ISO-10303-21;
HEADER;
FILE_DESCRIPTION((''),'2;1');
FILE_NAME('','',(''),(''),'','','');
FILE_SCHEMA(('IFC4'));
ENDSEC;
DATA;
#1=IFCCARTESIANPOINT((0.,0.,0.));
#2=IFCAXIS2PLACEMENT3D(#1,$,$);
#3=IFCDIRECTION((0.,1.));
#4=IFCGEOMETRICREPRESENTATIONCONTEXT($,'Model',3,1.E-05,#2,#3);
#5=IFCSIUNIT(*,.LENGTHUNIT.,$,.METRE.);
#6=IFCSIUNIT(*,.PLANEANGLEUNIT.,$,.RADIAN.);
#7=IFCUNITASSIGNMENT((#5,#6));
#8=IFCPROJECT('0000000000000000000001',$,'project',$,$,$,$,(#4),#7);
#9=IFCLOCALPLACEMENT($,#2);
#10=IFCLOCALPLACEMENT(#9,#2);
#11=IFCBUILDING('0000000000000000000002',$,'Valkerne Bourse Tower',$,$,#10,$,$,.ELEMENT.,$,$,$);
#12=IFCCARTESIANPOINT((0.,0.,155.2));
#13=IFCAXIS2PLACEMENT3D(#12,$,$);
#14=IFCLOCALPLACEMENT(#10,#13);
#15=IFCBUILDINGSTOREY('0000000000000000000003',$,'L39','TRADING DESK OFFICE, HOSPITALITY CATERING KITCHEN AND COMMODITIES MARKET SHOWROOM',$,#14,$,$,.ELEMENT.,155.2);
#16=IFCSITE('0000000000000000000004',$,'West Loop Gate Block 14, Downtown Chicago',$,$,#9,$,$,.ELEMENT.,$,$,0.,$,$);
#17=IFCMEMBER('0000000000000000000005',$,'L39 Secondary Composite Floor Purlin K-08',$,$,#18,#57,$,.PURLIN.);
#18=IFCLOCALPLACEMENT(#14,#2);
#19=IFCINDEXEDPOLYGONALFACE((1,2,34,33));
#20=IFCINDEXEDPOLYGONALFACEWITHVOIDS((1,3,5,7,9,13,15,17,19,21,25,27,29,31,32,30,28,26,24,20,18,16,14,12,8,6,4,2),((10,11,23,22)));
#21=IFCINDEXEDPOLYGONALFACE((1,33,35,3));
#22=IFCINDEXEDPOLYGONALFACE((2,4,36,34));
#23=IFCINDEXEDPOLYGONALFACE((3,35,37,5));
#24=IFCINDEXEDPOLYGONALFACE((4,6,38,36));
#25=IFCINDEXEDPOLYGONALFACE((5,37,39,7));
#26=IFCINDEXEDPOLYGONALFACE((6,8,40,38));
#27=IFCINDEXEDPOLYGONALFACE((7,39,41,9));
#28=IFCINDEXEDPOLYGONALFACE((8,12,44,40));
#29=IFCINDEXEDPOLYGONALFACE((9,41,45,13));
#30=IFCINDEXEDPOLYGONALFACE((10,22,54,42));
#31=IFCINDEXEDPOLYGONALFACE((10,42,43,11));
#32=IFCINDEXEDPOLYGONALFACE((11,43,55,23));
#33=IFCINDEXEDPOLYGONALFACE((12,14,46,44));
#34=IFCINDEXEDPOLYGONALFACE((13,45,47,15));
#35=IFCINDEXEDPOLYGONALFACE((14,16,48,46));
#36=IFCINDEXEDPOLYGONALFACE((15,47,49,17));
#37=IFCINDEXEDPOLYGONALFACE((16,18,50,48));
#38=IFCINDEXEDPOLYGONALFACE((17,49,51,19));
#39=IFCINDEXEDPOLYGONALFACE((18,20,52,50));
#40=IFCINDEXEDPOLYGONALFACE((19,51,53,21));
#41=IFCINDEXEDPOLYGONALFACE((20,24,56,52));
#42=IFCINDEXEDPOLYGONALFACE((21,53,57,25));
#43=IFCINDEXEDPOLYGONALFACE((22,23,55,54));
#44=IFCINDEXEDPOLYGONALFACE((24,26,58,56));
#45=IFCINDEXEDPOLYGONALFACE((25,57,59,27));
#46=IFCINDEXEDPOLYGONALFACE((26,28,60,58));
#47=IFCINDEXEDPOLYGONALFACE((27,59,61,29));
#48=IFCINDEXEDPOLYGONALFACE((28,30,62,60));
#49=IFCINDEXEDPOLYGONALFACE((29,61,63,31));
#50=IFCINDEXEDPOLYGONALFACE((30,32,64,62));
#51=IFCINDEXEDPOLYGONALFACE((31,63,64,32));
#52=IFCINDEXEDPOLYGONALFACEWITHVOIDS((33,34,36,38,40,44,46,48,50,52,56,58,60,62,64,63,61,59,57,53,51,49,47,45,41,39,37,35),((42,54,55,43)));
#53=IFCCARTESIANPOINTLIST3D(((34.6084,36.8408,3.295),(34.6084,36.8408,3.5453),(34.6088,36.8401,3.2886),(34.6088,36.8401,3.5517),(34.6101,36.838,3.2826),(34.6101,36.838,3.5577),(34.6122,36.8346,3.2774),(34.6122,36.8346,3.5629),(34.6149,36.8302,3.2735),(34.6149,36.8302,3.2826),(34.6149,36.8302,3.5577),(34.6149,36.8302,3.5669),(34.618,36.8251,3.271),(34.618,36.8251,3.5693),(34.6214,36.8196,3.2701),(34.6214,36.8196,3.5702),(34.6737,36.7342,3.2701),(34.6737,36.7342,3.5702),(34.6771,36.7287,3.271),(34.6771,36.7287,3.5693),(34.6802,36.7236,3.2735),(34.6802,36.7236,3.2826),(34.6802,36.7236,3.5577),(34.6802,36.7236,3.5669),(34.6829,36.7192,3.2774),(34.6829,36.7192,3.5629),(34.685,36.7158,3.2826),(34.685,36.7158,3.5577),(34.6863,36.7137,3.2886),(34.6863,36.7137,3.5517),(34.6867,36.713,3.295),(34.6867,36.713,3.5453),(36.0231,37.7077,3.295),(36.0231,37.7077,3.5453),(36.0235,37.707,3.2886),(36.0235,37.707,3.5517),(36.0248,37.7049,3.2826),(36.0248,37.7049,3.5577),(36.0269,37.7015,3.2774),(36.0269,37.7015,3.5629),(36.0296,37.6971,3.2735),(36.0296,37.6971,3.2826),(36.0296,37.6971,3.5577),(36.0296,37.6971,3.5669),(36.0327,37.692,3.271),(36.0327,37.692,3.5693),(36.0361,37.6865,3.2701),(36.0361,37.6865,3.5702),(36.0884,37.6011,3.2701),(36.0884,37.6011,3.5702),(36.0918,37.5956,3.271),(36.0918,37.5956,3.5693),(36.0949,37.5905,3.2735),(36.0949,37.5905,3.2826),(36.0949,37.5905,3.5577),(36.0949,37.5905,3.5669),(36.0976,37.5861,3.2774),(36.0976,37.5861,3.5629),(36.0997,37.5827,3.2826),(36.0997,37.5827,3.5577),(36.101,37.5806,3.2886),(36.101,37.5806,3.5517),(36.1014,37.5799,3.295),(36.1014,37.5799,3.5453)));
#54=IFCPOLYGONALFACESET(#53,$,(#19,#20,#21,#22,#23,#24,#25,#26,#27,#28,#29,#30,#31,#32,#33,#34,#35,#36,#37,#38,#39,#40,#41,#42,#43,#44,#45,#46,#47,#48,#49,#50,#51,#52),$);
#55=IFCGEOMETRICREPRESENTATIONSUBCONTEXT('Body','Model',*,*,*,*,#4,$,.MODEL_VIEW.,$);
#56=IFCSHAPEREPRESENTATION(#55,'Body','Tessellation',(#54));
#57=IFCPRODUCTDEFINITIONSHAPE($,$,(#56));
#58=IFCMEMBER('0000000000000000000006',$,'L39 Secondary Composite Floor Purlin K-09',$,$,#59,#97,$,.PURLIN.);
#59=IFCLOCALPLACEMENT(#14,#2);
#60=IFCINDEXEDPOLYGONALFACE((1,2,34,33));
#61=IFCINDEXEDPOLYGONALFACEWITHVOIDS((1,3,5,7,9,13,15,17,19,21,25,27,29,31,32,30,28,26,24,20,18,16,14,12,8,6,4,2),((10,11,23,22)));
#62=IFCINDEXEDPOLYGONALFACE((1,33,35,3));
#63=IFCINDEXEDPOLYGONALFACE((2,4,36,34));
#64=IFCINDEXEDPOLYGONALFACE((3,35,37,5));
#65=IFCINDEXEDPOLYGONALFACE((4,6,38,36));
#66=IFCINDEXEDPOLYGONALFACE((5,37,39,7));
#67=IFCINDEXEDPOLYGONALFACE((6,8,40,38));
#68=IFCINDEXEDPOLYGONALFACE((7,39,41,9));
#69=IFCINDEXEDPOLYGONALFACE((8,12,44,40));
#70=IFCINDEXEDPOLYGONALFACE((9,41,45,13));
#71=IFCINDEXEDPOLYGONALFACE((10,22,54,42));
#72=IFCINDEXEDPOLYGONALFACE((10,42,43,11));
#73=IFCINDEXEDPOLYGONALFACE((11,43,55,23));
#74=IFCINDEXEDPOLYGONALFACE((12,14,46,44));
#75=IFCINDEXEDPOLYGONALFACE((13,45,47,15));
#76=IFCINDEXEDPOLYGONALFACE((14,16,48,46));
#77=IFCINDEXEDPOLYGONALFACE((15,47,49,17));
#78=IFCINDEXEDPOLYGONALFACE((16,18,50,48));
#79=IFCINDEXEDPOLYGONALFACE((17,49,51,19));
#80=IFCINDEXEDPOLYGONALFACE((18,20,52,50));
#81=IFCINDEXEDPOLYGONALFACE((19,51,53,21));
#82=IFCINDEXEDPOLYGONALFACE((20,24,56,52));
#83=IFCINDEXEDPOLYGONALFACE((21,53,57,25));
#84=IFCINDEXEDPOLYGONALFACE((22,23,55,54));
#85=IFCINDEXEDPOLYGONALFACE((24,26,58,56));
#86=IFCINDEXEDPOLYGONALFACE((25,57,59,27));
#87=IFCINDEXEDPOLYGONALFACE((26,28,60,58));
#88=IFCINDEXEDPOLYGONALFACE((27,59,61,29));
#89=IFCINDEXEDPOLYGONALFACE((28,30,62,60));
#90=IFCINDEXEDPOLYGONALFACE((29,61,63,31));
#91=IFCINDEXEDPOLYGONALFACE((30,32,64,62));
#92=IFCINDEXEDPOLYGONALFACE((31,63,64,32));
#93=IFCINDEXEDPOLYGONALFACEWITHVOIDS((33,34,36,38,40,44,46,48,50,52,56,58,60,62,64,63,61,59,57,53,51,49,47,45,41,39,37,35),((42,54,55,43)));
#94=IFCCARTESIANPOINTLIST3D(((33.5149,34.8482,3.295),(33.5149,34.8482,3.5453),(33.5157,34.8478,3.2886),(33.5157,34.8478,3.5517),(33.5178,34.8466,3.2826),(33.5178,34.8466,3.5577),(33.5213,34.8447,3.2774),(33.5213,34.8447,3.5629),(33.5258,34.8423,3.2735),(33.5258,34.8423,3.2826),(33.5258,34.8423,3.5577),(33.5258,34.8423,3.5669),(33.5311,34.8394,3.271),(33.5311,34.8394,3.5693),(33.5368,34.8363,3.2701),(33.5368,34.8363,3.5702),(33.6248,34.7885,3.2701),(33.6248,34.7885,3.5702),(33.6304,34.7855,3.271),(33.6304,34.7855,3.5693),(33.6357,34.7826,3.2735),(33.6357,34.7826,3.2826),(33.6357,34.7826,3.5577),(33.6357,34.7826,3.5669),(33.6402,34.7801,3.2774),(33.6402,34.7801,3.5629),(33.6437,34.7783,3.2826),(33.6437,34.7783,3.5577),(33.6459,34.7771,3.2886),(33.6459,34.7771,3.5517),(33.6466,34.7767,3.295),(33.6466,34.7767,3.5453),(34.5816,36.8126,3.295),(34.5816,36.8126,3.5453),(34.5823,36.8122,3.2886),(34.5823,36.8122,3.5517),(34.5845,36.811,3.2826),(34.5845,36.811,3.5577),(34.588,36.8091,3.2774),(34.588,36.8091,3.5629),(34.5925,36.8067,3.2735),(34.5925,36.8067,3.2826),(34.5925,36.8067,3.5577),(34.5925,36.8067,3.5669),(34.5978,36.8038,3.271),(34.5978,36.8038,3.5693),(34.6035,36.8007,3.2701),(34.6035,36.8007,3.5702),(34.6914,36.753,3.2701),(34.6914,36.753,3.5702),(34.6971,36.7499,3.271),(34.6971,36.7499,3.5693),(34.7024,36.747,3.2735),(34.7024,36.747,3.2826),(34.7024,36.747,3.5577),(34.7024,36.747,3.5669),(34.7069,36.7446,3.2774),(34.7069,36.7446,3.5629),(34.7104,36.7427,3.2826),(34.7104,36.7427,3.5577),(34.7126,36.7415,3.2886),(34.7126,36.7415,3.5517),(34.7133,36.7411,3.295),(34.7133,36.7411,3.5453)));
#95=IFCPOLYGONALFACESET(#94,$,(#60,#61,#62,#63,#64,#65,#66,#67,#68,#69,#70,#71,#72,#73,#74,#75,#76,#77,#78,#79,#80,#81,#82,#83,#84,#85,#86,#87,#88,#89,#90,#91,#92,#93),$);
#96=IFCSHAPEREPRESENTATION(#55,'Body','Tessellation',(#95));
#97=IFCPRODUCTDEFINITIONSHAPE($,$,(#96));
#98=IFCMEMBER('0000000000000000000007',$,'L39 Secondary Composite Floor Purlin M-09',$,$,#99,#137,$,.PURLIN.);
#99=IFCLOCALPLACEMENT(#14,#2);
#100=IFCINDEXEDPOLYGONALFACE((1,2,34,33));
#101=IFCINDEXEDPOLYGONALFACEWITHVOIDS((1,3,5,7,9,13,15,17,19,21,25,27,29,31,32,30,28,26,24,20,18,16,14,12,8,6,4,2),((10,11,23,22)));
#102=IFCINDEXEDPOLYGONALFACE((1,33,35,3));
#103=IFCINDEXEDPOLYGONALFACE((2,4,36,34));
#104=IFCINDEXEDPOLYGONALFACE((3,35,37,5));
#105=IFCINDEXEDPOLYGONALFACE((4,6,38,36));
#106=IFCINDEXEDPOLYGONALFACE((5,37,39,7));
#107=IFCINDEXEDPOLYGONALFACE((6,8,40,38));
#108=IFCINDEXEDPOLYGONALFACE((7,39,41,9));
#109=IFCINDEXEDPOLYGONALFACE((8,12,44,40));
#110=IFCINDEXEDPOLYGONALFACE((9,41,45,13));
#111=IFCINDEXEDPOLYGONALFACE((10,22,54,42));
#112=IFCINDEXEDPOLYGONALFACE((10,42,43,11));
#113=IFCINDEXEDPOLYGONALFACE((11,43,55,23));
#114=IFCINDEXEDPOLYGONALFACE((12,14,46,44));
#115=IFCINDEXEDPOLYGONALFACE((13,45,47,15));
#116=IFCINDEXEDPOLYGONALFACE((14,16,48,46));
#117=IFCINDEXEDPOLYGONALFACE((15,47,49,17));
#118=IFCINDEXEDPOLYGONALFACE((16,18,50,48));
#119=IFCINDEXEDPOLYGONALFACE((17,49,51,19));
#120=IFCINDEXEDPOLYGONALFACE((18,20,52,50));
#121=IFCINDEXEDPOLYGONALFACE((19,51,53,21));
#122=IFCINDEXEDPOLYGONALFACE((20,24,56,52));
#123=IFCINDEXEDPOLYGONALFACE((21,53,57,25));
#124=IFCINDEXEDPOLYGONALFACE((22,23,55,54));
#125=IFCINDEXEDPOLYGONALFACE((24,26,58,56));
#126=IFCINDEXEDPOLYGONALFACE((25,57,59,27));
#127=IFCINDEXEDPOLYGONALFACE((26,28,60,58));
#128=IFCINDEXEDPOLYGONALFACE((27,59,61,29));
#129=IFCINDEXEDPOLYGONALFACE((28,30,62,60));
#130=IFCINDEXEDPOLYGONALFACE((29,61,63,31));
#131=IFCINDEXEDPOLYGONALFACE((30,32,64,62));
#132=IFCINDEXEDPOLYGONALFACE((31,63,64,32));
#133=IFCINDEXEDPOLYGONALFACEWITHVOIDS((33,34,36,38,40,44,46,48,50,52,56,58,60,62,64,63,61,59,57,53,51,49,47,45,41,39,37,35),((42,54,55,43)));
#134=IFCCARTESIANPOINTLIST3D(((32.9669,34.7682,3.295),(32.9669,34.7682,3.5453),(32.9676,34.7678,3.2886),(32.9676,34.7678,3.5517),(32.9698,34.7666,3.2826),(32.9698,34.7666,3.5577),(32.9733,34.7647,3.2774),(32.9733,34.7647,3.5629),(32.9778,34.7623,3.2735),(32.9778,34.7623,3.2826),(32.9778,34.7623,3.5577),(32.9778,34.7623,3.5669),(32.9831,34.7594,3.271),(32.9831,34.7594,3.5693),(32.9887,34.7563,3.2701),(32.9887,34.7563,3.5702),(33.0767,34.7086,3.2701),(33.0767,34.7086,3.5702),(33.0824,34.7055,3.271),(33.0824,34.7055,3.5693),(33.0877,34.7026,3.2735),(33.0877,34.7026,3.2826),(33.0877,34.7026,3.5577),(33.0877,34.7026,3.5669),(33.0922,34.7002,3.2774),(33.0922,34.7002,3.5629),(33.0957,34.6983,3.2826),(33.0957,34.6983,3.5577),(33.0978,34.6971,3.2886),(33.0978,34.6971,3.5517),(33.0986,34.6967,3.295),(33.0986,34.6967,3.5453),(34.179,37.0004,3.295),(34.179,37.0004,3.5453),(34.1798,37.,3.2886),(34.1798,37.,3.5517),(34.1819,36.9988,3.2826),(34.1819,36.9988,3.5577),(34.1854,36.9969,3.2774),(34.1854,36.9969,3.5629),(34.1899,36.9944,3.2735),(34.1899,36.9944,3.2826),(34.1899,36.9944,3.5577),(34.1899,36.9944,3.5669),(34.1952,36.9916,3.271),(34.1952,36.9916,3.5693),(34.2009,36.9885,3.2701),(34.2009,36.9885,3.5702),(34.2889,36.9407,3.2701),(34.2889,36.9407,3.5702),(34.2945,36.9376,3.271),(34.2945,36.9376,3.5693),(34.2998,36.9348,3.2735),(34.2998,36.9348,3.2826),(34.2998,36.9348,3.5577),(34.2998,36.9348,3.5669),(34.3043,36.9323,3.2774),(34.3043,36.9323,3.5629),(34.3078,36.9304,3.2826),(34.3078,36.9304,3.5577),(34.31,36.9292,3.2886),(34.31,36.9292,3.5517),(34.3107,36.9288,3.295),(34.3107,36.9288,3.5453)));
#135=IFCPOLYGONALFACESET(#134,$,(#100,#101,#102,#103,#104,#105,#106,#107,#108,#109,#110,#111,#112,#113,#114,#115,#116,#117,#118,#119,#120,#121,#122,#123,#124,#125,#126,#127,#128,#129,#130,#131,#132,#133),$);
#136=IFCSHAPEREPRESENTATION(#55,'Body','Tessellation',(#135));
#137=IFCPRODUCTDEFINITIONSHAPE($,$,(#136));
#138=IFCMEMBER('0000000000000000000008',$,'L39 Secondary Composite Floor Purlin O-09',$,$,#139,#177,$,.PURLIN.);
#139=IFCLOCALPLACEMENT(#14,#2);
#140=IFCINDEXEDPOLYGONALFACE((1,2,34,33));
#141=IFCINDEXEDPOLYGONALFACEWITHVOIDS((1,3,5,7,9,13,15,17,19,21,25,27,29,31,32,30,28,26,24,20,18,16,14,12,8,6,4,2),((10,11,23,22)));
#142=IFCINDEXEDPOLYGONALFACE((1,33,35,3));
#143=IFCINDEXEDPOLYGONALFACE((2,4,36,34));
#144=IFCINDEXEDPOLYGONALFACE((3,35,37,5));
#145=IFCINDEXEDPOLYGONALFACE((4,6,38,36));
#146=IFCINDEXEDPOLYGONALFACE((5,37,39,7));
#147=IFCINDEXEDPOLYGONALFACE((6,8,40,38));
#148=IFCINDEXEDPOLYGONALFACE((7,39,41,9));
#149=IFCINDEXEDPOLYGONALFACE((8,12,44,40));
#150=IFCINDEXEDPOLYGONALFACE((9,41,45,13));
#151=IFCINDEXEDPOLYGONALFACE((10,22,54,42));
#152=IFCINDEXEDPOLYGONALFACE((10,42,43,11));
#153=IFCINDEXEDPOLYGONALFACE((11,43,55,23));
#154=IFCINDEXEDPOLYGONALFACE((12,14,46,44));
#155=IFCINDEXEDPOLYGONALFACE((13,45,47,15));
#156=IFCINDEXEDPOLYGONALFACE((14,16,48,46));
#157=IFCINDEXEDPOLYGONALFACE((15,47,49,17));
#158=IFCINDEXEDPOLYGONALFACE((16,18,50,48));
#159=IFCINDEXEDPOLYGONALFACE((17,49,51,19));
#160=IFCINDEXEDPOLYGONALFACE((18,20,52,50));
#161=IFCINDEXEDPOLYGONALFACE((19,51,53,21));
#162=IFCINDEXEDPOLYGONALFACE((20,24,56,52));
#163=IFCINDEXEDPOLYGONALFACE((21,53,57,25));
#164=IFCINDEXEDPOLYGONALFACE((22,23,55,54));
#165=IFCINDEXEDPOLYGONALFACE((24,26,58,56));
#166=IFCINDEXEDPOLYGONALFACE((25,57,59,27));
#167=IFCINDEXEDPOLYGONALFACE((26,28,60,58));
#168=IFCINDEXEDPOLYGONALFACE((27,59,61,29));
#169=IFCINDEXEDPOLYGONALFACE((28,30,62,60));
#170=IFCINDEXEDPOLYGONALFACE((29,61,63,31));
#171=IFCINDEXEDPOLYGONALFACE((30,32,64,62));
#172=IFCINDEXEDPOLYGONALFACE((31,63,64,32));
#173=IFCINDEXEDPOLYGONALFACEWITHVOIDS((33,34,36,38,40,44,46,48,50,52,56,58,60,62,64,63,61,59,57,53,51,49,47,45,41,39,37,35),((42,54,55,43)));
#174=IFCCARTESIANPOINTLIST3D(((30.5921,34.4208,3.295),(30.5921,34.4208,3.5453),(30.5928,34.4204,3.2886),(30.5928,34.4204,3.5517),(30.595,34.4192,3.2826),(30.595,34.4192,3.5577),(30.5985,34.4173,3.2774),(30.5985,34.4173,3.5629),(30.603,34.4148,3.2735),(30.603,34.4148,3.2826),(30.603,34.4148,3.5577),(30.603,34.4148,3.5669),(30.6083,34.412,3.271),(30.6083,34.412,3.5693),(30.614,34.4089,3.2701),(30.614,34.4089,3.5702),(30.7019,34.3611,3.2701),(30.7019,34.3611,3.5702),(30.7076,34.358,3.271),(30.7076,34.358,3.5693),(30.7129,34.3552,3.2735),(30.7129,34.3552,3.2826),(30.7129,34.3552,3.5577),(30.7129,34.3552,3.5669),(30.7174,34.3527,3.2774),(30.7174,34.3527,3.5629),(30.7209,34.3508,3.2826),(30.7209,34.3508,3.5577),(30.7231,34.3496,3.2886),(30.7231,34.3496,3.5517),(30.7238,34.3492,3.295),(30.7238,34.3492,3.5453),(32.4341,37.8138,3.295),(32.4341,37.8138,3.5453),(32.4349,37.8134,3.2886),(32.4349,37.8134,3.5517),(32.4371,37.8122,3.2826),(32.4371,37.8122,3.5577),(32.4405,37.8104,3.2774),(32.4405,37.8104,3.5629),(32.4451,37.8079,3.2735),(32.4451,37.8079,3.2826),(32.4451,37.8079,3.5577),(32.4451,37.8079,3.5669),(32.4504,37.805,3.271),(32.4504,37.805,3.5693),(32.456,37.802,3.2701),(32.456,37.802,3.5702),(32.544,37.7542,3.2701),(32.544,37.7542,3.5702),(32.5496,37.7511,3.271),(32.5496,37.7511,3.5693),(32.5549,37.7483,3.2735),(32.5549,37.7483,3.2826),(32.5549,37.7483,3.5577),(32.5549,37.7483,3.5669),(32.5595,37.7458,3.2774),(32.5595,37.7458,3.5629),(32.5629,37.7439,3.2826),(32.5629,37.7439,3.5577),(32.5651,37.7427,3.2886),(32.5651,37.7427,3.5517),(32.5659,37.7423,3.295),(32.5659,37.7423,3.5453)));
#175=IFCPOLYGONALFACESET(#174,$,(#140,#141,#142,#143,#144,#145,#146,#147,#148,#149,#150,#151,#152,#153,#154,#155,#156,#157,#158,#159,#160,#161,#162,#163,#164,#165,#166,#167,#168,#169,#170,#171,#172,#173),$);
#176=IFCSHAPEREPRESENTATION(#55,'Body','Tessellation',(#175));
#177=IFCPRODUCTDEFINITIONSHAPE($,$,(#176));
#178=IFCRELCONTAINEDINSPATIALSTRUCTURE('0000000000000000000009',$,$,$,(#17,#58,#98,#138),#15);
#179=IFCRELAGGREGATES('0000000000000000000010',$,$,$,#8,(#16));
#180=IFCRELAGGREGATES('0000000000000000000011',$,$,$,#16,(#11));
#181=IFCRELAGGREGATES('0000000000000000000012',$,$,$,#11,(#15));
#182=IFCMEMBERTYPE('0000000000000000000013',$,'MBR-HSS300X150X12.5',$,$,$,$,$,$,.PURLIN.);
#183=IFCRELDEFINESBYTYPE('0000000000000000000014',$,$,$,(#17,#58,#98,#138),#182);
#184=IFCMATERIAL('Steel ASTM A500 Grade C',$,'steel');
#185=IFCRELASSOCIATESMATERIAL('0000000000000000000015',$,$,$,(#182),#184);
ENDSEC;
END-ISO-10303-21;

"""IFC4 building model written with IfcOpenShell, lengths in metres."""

from ifc_helpers import new_model, si_unit, direction, frame, origin, origin_2d, place, context, subcontext, project, spatial, hollow_rectangle, extrude, material, material_profile, profile_set, type_object, element, save


model = new_model("IFC4")

# Units and contexts
model_context = context("Model", 3, precision=1e-05, world=origin(), true_north=direction((0.0, 1.0)))
body_context = subcontext(model_context, "Body", "Model", "MODEL_VIEW")
ifc_project = project(units=[si_unit("LENGTHUNIT", "METRE"), si_unit("PLANEANGLEUNIT", "RADIAN")], contexts=[model_context])

# Site, building, storey
site_placement = place(None, origin())
site = spatial("IfcSite", under=ifc_project, at=site_placement, Name="West Loop Gate Block 14, Downtown Chicago", CompositionType="ELEMENT", RefElevation=0.0)
building_placement = place(site_placement, origin())
building = spatial("IfcBuilding", under=site, at=building_placement, Name="Valkerne Bourse Tower", CompositionType="ELEMENT")
storey_placement = place(building_placement, frame((0.0, 0.0, 155.2)))
storey = spatial("IfcBuildingStorey", under=building, at=storey_placement, Name="L39", Description="TRADING DESK OFFICE, HOSPITALITY CATERING KITCHEN AND COMMODITIES MARKET SHOWROOM", CompositionType="ELEMENT", Elevation=155.2)

# Members
ifc_material_1 = material(Name="Steel ASTM A500 Grade C", Category="steel")
ifc_material_profile_1 = material_profile(ifc_material_1, hollow_rectangle(XDim=0.1499, YDim=0.3, WallThickness=0.0125, OuterFilletRadius=0.0249, at=origin_2d()), Name="HSS300X150X12.5")
ifc_profile_set_1 = profile_set([ifc_material_profile_1], Name="Steel ASTM A500 Grade C")
member_type_1 = type_object("IfcMemberType", Name="MBR-HSS300X150X12.5", PredefinedType="PURLIN", material=ifc_profile_set_1)
member_1_placement = place(storey_placement, frame((36.0623, 37.6438, 3.4202), z_axis=(-0.852652, -0.522479, 0.0), x_axis=(0.522479, -0.852652, 0.0)))
element("IfcMember", 1, at=member_1_placement, inside=storey, type_object=member_type_1, Name="L39 Secondary Composite Floor Purlin K-08", PredefinedType="PURLIN", context=body_context, shape_type="SweptSolid", body=[
    extrude(hollow_rectangle(XDim=0.1499, YDim=0.3, WallThickness=0.0125, OuterFilletRadius=0.0249, at=origin_2d()), origin(), (0.0, 0.0, 1.0), 1.6592),
])
member_2_placement = place(storey_placement, frame((34.6475, 36.7769, 3.4202), z_axis=(-0.477191, -0.8788, 0.0), x_axis=(0.8788, -0.477191, 0.0)))
element("IfcMember", 2, at=member_2_placement, inside=storey, type_object=member_type_1, Name="L39 Secondary Composite Floor Purlin K-09", PredefinedType="PURLIN", context=body_context, shape_type="SweptSolid", body=[
    extrude(hollow_rectangle(XDim=0.1499, YDim=0.3, WallThickness=0.0125, OuterFilletRadius=0.0249, at=origin_2d()), origin(), (0.0, 0.0, 1.0), 2.2354),
])
member_3_placement = place(storey_placement, frame((34.2449, 36.9646, 3.4202), z_axis=(-0.477215, -0.878787, 0.0), x_axis=(0.878787, -0.477215, 0.0)))
element("IfcMember", 3, at=member_3_placement, inside=storey, type_object=member_type_1, Name="L39 Secondary Composite Floor Purlin M-09", PredefinedType="PURLIN", context=body_context, shape_type="SweptSolid", body=[
    extrude(hollow_rectangle(XDim=0.1499, YDim=0.3, WallThickness=0.0125, OuterFilletRadius=0.0249, at=origin_2d()), origin(), (0.0, 0.0, 1.0), 2.54),
])
member_4_placement = place(storey_placement, frame((32.5, 37.7781, 3.4202), z_axis=(-0.47711, -0.878844, 0.0), x_axis=(0.878844, -0.47711, 0.0)))
element("IfcMember", 4, at=member_4_placement, inside=storey, type_object=member_type_1, Name="L39 Secondary Composite Floor Purlin O-09", PredefinedType="PURLIN", context=body_context, shape_type="SweptSolid", body=[
    extrude(hollow_rectangle(XDim=0.1499, YDim=0.3, WallThickness=0.0125, OuterFilletRadius=0.0249, at=origin_2d()), origin(), (0.0, 0.0, 1.0), 3.8608),
])

save(model, "model.ifc")
